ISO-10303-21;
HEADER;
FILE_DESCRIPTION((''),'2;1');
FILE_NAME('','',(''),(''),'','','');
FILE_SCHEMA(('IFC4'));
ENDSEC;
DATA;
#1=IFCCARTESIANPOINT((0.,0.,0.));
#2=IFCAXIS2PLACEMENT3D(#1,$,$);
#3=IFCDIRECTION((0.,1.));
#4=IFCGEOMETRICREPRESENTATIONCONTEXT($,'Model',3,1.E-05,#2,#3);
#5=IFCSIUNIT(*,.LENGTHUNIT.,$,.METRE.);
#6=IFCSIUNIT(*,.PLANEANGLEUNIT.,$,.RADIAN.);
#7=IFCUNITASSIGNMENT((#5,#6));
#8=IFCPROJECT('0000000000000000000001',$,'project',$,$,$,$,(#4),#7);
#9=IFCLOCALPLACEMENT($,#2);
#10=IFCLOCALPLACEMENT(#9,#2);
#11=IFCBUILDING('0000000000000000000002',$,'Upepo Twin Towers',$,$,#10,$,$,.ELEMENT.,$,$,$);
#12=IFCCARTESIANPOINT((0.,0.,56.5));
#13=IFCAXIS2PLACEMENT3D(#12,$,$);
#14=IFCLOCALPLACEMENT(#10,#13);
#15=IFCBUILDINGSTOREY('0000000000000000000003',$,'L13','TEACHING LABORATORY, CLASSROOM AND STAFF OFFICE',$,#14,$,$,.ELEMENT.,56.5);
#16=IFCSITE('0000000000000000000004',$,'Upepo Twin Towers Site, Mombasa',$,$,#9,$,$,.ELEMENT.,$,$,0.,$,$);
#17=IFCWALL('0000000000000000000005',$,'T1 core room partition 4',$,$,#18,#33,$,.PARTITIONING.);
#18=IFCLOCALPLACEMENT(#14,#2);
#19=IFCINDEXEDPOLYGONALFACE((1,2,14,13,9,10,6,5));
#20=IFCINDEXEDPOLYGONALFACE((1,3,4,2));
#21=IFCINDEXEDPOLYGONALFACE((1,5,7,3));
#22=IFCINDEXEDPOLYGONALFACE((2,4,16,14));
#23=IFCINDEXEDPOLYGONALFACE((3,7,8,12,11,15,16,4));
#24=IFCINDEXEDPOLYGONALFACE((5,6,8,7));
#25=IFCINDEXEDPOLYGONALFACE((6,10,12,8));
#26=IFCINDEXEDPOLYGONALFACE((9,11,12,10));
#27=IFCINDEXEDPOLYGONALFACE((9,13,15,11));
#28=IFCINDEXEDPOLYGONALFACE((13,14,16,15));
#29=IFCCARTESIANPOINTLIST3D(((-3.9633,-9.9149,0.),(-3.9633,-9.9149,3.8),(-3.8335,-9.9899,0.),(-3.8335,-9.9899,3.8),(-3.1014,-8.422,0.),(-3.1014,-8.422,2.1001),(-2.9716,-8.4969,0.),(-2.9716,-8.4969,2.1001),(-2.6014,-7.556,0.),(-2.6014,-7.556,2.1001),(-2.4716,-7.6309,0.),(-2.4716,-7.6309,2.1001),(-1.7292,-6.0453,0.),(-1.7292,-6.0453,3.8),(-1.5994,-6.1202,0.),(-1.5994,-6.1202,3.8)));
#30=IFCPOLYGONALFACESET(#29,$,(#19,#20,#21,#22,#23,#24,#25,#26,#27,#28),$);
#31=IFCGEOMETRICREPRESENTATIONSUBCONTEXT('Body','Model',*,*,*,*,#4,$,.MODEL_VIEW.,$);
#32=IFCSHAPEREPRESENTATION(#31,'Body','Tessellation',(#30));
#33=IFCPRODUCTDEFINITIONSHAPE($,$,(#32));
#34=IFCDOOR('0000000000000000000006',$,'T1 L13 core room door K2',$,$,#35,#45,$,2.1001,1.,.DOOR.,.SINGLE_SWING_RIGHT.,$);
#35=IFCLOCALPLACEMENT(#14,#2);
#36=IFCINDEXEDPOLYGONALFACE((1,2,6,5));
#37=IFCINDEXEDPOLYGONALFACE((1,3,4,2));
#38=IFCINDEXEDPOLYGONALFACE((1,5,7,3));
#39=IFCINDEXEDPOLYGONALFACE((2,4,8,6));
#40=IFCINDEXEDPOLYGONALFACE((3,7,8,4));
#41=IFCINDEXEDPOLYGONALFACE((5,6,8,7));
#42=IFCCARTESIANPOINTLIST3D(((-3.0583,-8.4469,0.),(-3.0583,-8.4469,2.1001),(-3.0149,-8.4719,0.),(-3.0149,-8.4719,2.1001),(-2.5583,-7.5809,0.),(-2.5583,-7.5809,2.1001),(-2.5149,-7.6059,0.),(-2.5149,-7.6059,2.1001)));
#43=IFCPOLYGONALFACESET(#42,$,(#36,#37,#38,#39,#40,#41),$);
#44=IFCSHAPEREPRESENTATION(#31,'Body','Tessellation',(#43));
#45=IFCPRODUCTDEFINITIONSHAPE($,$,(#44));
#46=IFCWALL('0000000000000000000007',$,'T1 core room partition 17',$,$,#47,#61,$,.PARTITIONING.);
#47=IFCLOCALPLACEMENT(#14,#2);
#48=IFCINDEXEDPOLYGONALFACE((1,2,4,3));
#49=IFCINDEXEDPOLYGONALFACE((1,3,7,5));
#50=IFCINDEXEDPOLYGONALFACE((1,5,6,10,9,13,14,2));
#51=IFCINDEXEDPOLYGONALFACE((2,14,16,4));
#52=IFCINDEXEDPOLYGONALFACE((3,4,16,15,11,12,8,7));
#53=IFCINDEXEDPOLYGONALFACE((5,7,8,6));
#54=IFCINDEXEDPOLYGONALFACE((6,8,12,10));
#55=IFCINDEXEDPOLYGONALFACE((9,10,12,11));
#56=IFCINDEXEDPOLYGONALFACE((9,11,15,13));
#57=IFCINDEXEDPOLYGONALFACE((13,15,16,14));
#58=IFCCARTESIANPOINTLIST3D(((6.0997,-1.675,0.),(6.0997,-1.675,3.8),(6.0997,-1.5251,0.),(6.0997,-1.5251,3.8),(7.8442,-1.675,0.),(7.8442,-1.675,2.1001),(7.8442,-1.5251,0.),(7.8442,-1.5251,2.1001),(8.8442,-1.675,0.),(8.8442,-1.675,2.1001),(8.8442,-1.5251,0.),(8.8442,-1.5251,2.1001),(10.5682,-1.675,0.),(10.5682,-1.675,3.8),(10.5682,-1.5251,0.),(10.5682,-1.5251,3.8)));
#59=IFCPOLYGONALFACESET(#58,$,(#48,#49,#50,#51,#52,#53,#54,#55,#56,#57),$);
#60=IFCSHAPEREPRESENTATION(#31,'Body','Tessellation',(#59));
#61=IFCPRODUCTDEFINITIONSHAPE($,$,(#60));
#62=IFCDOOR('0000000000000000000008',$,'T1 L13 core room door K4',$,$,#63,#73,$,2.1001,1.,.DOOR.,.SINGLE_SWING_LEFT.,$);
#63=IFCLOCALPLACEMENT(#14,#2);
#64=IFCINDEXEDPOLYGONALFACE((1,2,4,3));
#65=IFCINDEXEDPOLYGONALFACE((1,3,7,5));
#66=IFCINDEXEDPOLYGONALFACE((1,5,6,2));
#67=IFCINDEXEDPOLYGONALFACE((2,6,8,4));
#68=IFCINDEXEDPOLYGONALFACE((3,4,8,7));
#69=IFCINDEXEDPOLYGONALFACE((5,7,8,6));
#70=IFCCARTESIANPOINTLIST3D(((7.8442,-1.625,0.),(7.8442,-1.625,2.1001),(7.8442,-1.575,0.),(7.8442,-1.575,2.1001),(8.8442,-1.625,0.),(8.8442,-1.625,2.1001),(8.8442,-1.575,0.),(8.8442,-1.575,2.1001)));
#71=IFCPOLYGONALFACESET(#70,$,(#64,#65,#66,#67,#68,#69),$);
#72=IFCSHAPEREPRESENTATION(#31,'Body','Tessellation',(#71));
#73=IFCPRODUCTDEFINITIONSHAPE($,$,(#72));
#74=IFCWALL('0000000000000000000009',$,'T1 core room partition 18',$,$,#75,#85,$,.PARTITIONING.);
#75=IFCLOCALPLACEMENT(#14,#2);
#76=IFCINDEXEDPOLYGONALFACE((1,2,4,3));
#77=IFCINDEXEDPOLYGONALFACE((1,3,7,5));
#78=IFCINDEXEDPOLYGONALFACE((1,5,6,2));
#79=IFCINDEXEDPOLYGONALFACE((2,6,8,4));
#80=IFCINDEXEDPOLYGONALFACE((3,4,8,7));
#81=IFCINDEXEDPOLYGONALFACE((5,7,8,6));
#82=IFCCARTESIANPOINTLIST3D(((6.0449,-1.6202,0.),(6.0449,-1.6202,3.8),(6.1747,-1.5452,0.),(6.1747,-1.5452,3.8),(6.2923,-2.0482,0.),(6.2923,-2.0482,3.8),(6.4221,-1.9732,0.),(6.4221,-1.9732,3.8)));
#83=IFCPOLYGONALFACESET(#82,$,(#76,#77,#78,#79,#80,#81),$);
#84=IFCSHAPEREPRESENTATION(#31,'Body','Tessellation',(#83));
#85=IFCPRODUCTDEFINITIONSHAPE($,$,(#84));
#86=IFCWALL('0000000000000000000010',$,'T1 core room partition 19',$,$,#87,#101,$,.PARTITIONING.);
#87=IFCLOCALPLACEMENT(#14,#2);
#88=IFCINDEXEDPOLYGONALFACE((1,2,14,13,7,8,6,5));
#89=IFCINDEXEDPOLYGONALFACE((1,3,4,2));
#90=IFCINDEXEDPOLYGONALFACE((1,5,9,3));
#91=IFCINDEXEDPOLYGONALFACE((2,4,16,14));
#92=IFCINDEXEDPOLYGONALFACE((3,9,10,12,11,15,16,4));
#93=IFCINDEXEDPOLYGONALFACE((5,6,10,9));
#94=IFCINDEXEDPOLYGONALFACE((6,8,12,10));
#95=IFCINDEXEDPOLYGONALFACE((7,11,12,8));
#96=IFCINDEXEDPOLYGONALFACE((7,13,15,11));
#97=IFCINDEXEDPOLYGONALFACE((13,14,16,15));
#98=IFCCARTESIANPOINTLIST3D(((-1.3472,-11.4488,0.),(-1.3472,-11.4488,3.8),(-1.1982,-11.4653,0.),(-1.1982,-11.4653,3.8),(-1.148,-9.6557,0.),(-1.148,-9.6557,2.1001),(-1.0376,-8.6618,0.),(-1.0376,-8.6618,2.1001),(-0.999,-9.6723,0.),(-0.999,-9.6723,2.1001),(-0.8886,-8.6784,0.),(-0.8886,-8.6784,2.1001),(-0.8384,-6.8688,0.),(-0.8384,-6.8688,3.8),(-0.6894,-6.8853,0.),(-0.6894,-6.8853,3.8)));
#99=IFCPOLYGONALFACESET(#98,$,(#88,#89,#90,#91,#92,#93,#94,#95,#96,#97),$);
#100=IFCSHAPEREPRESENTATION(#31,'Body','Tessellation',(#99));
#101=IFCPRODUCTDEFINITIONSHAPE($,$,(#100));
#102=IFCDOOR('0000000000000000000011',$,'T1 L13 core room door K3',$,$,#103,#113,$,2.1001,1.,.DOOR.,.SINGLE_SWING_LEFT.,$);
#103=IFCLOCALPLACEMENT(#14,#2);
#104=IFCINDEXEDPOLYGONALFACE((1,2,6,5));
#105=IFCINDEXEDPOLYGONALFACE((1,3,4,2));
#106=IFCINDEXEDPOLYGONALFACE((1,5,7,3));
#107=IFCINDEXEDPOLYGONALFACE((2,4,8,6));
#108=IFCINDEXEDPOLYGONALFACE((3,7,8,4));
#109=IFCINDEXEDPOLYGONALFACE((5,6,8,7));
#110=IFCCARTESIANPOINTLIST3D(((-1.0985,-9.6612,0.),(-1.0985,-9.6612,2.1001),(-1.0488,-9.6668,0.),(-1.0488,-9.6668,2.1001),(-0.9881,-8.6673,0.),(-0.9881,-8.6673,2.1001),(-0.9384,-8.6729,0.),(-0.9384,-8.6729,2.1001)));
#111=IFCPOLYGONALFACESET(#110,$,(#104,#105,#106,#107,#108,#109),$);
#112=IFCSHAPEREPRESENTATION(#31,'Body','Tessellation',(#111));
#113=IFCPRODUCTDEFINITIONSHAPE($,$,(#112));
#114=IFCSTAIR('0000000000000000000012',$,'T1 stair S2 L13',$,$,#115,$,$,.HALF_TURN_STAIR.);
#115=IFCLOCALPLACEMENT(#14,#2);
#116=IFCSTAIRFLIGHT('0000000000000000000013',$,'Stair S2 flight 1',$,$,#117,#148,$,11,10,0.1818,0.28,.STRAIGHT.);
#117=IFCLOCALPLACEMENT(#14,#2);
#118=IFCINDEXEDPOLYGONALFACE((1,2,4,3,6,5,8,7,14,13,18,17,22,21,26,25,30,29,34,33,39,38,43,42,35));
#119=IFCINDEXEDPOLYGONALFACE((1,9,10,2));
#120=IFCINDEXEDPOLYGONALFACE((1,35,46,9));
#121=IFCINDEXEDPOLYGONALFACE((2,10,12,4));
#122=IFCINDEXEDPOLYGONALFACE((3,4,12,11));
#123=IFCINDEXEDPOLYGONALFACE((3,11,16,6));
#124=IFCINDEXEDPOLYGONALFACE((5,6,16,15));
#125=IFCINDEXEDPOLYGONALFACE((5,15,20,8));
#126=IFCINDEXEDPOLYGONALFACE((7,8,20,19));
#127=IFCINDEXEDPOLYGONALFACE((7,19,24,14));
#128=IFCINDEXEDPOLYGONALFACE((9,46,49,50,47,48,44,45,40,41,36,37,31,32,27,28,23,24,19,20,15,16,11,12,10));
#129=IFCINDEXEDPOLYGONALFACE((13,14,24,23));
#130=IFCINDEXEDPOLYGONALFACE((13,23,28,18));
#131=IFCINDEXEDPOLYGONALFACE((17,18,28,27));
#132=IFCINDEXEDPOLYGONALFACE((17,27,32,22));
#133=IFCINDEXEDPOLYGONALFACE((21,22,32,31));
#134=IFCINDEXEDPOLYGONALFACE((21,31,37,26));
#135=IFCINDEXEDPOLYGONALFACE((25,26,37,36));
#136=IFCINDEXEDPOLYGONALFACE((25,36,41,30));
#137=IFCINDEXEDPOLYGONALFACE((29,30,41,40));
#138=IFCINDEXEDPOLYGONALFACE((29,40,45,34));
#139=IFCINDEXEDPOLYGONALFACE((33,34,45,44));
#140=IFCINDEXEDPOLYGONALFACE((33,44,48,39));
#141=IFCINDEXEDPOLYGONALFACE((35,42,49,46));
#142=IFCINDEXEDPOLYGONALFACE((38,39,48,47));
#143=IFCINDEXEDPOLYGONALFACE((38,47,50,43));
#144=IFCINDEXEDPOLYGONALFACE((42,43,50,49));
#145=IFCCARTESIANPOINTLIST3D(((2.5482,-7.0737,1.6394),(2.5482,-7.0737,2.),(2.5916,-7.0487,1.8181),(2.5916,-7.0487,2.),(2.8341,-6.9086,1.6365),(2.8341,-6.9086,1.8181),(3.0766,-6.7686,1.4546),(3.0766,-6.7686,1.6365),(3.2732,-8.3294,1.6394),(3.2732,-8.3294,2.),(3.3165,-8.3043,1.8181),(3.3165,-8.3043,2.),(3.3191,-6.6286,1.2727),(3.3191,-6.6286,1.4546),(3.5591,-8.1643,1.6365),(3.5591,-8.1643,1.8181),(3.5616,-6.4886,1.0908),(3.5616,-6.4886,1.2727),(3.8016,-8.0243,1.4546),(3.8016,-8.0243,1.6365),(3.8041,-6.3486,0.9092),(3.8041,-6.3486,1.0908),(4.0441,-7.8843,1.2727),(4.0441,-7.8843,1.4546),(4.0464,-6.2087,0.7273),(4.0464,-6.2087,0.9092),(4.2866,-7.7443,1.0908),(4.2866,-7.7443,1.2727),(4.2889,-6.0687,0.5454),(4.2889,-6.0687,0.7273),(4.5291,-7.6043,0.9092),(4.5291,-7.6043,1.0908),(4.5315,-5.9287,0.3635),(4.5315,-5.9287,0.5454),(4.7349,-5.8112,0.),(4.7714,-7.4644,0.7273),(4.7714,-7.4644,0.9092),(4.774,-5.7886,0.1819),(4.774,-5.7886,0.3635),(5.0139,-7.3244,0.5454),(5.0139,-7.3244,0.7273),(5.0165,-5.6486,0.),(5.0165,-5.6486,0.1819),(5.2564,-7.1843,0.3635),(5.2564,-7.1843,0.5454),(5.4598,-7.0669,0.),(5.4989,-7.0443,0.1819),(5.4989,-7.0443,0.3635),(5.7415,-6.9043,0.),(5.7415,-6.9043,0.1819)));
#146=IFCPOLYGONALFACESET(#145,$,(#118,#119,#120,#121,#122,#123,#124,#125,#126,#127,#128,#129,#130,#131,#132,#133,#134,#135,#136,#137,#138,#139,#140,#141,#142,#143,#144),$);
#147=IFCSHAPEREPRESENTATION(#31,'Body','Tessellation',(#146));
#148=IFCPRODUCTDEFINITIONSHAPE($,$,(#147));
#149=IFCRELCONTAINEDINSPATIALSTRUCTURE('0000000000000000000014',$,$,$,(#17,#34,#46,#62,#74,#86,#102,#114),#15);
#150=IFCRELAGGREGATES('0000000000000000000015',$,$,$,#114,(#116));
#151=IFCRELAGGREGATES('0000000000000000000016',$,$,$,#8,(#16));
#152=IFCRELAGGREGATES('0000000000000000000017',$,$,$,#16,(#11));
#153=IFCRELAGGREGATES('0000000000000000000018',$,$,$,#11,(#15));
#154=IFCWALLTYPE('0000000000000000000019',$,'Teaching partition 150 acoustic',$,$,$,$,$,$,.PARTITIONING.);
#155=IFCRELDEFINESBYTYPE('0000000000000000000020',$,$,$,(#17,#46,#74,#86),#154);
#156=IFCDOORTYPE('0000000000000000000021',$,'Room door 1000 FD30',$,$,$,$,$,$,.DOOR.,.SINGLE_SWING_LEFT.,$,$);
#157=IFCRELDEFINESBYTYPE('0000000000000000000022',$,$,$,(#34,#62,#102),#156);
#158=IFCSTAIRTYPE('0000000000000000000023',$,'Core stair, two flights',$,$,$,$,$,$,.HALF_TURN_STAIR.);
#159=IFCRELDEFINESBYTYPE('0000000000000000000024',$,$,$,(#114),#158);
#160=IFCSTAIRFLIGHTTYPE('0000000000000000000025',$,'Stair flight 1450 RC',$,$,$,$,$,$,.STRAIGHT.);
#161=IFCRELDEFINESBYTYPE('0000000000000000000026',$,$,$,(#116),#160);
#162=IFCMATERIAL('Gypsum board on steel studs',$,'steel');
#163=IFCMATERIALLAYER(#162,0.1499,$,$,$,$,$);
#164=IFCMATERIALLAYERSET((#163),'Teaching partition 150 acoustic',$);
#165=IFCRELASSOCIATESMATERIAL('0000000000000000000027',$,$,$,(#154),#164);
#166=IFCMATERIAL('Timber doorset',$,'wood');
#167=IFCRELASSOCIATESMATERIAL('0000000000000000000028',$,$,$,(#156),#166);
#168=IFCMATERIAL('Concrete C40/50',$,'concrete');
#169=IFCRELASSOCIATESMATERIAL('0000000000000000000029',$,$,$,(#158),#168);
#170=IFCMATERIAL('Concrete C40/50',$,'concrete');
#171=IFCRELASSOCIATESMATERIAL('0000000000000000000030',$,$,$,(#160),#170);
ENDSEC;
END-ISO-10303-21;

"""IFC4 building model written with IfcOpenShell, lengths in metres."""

from ifc_helpers import new_model, si_unit, direction, frame, frame_2d, origin, place, context, subcontext, project, spatial, polyline, rectangle, outline, extrude, material, layer, layer_set, type_object, element, fill, aggregate, save


model = new_model("IFC4")

# Units and contexts
model_context = context("Model", 3, precision=1e-05, world=origin(), true_north=direction((0.0, 1.0)))
body_context = subcontext(model_context, "Body", "Model", "MODEL_VIEW")
ifc_project = project(units=[si_unit("LENGTHUNIT", "METRE"), si_unit("PLANEANGLEUNIT", "RADIAN")], contexts=[model_context])

# Site, building, storey
site_placement = place(None, origin())
site = spatial("IfcSite", under=ifc_project, at=site_placement, Name="Upepo Twin Towers Site, Mombasa", CompositionType="ELEMENT", RefElevation=0.0)
building_placement = place(site_placement, origin())
building = spatial("IfcBuilding", under=site, at=building_placement, Name="Upepo Twin Towers", CompositionType="ELEMENT")
storey_placement = place(building_placement, frame((0.0, 0.0, 56.5)))
storey = spatial("IfcBuildingStorey", under=building, at=storey_placement, Name="L13", Description="TEACHING LABORATORY, CLASSROOM AND STAFF OFFICE", CompositionType="ELEMENT", Elevation=56.5)

# Shared definitions
ifc_material_1 = material(Name="Gypsum board on steel studs", Category="steel")
ifc_layer_1 = layer(ifc_material_1, 0.1499)
ifc_layer_set_1 = layer_set([ifc_layer_1], Name="Teaching partition 150 acoustic")
wall_type_1 = type_object("IfcWallType", Name="Teaching partition 150 acoustic", PredefinedType="PARTITIONING", material=ifc_layer_set_1)

# Walls, openings, doors
wall_1_placement = place(storey_placement, frame((-1.6643, -6.0828, 0.0), z_axis=(0.0, 0.0, 1.0), x_axis=(-0.5, -0.866025, 0.0)))
wall_1 = element("IfcWall", 1, at=wall_1_placement, inside=storey, type_object=wall_type_1, Name="T1 core room partition 4", PredefinedType="PARTITIONING", context=body_context, shape_type="SweptSolid", body=[
    extrude(rectangle(XDim=4.4683, YDim=0.1499, at=frame_2d((2.2341, 0.0))), origin(), (0.0, 0.0, 1.0), 3.8),
])
opening_1_placement = place(wall_1_placement, frame((1.7444, 0.0, 0.0)))
opening_1 = element("IfcOpeningElement", 2, at=opening_1_placement, cuts=wall_1, PredefinedType="OPENING", context=body_context, shape_type="SweptSolid", body=[
    extrude(rectangle(XDim=1.0, YDim=2.1001, at=frame_2d((0.5, 1.05))), frame((0.0, 0.085, 0.0), z_axis=(0.0, -1.0, 0.0), x_axis=(1.0, 0.0, 0.0)), (0.0, 0.0, 1.0), 0.1699),
])
ifc_material_2 = material(Name="Timber doorset", Category="wood")
door_type_1 = type_object("IfcDoorType", Name="Room door 1000 FD30", OperationType="SINGLE_SWING_LEFT", PredefinedType="DOOR", material=ifc_material_2)
door_1_placement = place(opening_1_placement, origin())
door_1 = element("IfcDoor", 3, at=door_1_placement, inside=storey, type_object=door_type_1, Name="T1 L13 core room door K2", OperationType="SINGLE_SWING_RIGHT", OverallHeight=2.1001, OverallWidth=1.0, PredefinedType="DOOR", context=body_context, shape_type="SweptSolid", body=[
    extrude(rectangle(XDim=1.0, YDim=2.1001, at=frame_2d((0.5, 1.05))), frame((0.0, 0.0249, 0.0), z_axis=(0.0, -1.0, 0.0), x_axis=(1.0, 0.0, 0.0)), (0.0, 0.0, 1.0), 0.05),
])
fill(opening_1, door_1)
wall_2_placement = place(storey_placement, frame((10.5684, -1.6001, 0.0), z_axis=(0.0, 0.0, 1.0), x_axis=(-1.0, 0.0, 0.0)))
wall_2 = element("IfcWall", 4, at=wall_2_placement, inside=storey, type_object=wall_type_1, Name="T1 core room partition 17", PredefinedType="PARTITIONING", context=body_context, shape_type="SweptSolid", body=[
    extrude(rectangle(XDim=4.4685, YDim=0.1499, at=frame_2d((2.2344, 0.0))), origin(), (0.0, 0.0, 1.0), 3.8),
])
opening_2_placement = place(wall_2_placement, frame((1.7241, 0.0, 0.0)))
opening_2 = element("IfcOpeningElement", 5, at=opening_2_placement, cuts=wall_2, PredefinedType="OPENING", context=body_context, shape_type="SweptSolid", body=[
    extrude(rectangle(XDim=1.0, YDim=2.1001, at=frame_2d((0.5, 1.05))), frame((0.0, 0.085, 0.0), z_axis=(0.0, -1.0, 0.0), x_axis=(1.0, 0.0, 0.0)), (0.0, 0.0, 1.0), 0.1699),
])
door_2_placement = place(opening_2_placement, origin())
door_2 = element("IfcDoor", 6, at=door_2_placement, inside=storey, type_object=door_type_1, Name="T1 L13 core room door K4", OperationType="SINGLE_SWING_LEFT", OverallHeight=2.1001, OverallWidth=1.0, PredefinedType="DOOR", context=body_context, shape_type="SweptSolid", body=[
    extrude(rectangle(XDim=1.0, YDim=2.1001, at=frame_2d((0.5, 1.05))), frame((0.0, 0.0249, 0.0), z_axis=(0.0, -1.0, 0.0), x_axis=(1.0, 0.0, 0.0)), (0.0, 0.0, 1.0), 0.05),
])
fill(opening_2, door_2)

# Wall
wall_3_placement = place(storey_placement, frame((6.1099, -1.5828, 0.0), z_axis=(0.0, 0.0, 1.0), x_axis=(0.500335, -0.865832, 0.0)))
element("IfcWall", 7, at=wall_3_placement, inside=storey, type_object=wall_type_1, Name="T1 core room partition 18", PredefinedType="PARTITIONING", context=body_context, shape_type="SweptSolid", body=[
    extrude(rectangle(XDim=0.4944, YDim=0.1499, at=frame_2d((0.2471, 0.0))), origin(), (0.0, 0.0, 1.0), 3.8),
])

# Wall, opening, door
wall_4_placement = place(storey_placement, frame((-0.7639, -6.877, 0.0), z_axis=(0.0, 0.0, 1.0), x_axis=(-0.110408, -0.993886, 0.0)))
wall_4 = element("IfcWall", 8, at=wall_4_placement, inside=storey, type_object=wall_type_1, Name="T1 core room partition 19", PredefinedType="PARTITIONING", context=body_context, shape_type="SweptSolid", body=[
    extrude(rectangle(XDim=4.6082, YDim=0.1499, at=frame_2d((2.3042, 0.0))), origin(), (0.0, 0.0, 1.0), 3.8),
])
opening_3_placement = place(wall_4_placement, frame((1.8042, 0.0, 0.0)))
opening_3 = element("IfcOpeningElement", 9, at=opening_3_placement, cuts=wall_4, PredefinedType="OPENING", context=body_context, shape_type="SweptSolid", body=[
    extrude(rectangle(XDim=1.0, YDim=2.1001, at=frame_2d((0.5, 1.05))), frame((0.0, 0.085, 0.0), z_axis=(0.0, -1.0, 0.0), x_axis=(1.0, 0.0, 0.0)), (0.0, 0.0, 1.0), 0.1699),
])
door_3_placement = place(opening_3_placement, origin())
door_3 = element("IfcDoor", 10, at=door_3_placement, inside=storey, type_object=door_type_1, Name="T1 L13 core room door K3", OperationType="SINGLE_SWING_LEFT", OverallHeight=2.1001, OverallWidth=1.0, PredefinedType="DOOR", context=body_context, shape_type="SweptSolid", body=[
    extrude(rectangle(XDim=1.0, YDim=2.1001, at=frame_2d((0.5, 1.05))), frame((0.0, 0.0249, 0.0), z_axis=(0.0, -1.0, 0.0), x_axis=(1.0, 0.0, 0.0)), (0.0, 0.0, 1.0), 0.05),
])
fill(opening_3, door_3)

# Stair, stair flight
ifc_material_3 = material(Name="Concrete C40/50", Category="concrete")
stair_type = type_object("IfcStairType", Name="Core stair, two flights", PredefinedType="HALF_TURN_STAIR", material=ifc_material_3)
stair_placement = place(storey_placement, origin())
stair = element("IfcStair", 11, at=stair_placement, inside=storey, type_object=stair_type, Name="T1 stair S2 L13", PredefinedType="HALF_TURN_STAIR")
ifc_material_4 = material(Name="Concrete C40/50", Category="concrete")
stair_flight_type = type_object("IfcStairFlightType", Name="Stair flight 1450 RC", PredefinedType="STRAIGHT", material=ifc_material_4)
stair_flight_placement = place(storey_placement, frame((5.3789, -6.2764, 0.0), z_axis=(0.0, 0.0, 1.0), x_axis=(-0.866025, -0.5, 0.0)))
stair_flight = element("IfcStairFlight", 12, at=stair_flight_placement, type_object=stair_flight_type, Name="Stair S2 flight 1", NumberOfRisers=11, NumberOfTreads=10, PredefinedType="STRAIGHT", RiserHeight=0.1818, TreadLength=0.28, context=body_context, shape_type="SweptSolid", body=[
    extrude(outline(polyline([(0.0, 0.0), (0.0, 0.1819), (0.28, 0.1819), (0.28, 0.3635), (0.5601, 0.3635), (0.5601, 0.5454), (0.8401, 0.5454), (0.8401, 0.7273), (1.1201, 0.7273), (1.1201, 0.9092), (1.3999, 0.9092), (1.3999, 1.0908), (1.6799, 1.0908), (1.6799, 1.2727), (1.96, 1.2727), (1.96, 1.4546), (2.24, 1.4546), (2.24, 1.6365), (2.52, 1.6365), (2.52, 1.8181), (2.8, 1.8181), (2.8, 2.0), (2.8501, 2.0), (2.8501, 1.6394), (0.3252, 0.0), (0.0, 0.0)])), frame((0.0, 0.7251, 0.0), z_axis=(0.0, -1.0, 0.0), x_axis=(1.0, 0.0, 0.0)), (0.0, 0.0, 1.0), 1.45),
])
aggregate(stair, [stair_flight])

save(model, "model.ifc")
